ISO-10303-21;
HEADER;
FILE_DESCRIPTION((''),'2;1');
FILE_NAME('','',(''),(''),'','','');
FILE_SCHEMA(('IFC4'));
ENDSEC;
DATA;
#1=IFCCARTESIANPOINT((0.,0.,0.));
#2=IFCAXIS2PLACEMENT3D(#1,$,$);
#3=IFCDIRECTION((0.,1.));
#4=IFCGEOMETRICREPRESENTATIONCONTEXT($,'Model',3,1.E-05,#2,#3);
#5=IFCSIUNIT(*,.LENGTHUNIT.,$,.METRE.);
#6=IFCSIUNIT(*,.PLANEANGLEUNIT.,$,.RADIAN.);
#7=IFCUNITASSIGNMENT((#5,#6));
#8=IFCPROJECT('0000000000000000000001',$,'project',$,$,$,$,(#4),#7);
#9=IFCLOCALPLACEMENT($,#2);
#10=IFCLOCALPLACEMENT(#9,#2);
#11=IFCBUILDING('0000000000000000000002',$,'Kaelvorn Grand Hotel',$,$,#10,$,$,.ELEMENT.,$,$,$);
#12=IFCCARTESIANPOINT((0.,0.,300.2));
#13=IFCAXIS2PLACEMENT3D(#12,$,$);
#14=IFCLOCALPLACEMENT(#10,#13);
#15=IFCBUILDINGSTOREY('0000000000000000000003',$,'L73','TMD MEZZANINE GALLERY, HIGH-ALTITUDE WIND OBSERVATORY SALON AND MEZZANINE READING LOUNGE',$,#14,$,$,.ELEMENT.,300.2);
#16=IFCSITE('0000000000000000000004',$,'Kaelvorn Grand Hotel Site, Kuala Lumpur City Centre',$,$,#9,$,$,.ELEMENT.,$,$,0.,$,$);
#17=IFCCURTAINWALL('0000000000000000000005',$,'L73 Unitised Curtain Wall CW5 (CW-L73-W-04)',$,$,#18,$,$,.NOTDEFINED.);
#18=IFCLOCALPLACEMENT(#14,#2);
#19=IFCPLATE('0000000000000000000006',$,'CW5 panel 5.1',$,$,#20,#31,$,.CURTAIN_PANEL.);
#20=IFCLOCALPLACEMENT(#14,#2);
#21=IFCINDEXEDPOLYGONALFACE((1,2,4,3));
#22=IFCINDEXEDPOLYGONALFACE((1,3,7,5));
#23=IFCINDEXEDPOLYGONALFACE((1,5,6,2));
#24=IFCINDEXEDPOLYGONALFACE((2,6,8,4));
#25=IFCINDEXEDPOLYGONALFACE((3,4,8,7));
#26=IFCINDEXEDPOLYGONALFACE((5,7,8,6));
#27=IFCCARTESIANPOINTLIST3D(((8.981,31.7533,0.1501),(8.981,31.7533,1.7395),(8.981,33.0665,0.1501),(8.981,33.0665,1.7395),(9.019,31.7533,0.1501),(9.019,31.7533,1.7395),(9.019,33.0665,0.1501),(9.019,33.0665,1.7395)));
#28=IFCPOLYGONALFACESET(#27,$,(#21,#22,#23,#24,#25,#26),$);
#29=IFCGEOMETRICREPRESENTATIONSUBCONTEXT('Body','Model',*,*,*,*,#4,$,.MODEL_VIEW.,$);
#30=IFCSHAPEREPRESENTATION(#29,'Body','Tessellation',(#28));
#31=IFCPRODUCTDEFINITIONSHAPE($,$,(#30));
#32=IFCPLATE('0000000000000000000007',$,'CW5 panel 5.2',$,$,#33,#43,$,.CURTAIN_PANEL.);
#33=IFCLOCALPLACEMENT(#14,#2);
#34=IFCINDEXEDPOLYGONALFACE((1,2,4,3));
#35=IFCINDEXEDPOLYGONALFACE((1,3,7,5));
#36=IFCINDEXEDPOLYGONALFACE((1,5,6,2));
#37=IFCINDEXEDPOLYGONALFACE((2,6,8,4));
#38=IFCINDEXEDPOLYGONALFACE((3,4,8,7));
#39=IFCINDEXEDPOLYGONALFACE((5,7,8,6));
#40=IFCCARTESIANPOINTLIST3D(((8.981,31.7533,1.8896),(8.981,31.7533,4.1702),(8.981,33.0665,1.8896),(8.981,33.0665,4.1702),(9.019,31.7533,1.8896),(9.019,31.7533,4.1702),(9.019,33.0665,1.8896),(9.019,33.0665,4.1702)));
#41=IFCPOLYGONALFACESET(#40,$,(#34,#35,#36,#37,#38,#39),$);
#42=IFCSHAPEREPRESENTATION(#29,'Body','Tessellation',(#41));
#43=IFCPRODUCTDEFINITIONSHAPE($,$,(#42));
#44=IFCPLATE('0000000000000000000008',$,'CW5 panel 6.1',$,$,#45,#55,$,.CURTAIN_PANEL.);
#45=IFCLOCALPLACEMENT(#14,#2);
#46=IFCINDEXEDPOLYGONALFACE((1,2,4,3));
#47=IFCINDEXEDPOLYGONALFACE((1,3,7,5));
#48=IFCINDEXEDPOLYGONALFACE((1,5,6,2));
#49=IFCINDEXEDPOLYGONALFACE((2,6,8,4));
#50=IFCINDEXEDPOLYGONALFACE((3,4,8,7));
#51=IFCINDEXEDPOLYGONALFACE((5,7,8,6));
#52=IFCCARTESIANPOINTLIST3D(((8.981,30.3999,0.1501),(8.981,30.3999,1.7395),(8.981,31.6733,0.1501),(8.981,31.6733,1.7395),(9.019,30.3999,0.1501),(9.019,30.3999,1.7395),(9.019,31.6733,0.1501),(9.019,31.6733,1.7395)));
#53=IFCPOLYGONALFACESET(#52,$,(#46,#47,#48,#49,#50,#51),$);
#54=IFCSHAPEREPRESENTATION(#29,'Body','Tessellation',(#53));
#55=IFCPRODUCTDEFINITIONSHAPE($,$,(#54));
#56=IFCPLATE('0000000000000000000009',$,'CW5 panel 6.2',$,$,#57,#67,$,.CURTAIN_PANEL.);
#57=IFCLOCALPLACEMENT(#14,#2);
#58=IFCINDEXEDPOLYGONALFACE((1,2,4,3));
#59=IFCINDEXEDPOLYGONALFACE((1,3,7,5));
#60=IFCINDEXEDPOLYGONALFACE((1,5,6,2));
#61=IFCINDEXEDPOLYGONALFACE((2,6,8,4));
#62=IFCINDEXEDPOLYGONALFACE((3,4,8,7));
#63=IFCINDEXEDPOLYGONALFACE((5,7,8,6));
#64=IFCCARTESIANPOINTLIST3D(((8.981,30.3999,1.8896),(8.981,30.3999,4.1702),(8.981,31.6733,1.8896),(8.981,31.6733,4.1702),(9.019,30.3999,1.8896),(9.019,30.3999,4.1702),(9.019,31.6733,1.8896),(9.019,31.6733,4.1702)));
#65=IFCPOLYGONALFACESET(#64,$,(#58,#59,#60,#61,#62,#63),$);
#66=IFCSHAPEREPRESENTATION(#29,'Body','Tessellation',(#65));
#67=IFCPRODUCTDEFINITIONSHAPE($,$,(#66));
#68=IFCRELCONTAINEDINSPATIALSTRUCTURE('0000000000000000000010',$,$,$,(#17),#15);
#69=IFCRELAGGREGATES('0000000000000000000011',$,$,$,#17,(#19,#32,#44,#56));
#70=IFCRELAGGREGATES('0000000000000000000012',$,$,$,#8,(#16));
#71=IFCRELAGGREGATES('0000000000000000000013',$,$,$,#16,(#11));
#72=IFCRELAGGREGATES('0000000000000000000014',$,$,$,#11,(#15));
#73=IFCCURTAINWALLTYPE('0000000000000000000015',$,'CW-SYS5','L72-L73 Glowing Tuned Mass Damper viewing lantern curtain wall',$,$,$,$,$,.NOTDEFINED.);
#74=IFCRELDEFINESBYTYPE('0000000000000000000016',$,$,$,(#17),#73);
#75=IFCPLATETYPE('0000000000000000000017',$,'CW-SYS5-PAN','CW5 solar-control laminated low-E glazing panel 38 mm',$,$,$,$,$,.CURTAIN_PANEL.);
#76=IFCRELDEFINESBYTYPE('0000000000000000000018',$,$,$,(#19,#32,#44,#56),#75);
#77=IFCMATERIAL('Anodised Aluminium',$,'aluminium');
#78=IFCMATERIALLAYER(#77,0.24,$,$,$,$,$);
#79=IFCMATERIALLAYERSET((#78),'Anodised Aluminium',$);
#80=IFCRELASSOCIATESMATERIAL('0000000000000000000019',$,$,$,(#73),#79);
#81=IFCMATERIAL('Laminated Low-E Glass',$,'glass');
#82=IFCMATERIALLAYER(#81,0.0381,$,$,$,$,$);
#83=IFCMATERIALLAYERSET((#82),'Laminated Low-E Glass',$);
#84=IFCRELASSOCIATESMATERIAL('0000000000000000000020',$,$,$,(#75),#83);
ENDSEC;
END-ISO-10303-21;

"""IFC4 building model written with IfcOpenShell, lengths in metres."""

from ifc_helpers import new_model, si_unit, direction, frame, origin, origin_2d, place, context, subcontext, project, spatial, rectangle, extrude, material, layer, layer_set, type_object, element, aggregate, save


model = new_model("IFC4")

# Units and contexts
model_context = context("Model", 3, precision=1e-05, world=origin(), true_north=direction((0.0, 1.0)))
body_context = subcontext(model_context, "Body", "Model", "MODEL_VIEW")
ifc_project = project(units=[si_unit("LENGTHUNIT", "METRE"), si_unit("PLANEANGLEUNIT", "RADIAN")], contexts=[model_context])

# Site, building, storey
site_placement = place(None, origin())
site = spatial("IfcSite", under=ifc_project, at=site_placement, Name="Kaelvorn Grand Hotel Site, Kuala Lumpur City Centre", CompositionType="ELEMENT", RefElevation=0.0)
building_placement = place(site_placement, origin())
building = spatial("IfcBuilding", under=site, at=building_placement, Name="Kaelvorn Grand Hotel", CompositionType="ELEMENT")
storey_placement = place(building_placement, frame((0.0, 0.0, 300.2)))
storey = spatial("IfcBuildingStorey", under=building, at=storey_placement, Name="L73", Description="TMD MEZZANINE GALLERY, HIGH-ALTITUDE WIND OBSERVATORY SALON AND MEZZANINE READING LOUNGE", CompositionType="ELEMENT", Elevation=300.2)

# Curtain wall, plates
ifc_material_1 = material(Name="Anodised Aluminium", Category="aluminium")
ifc_layer_1 = layer(ifc_material_1, 0.24)
ifc_layer_set_1 = layer_set([ifc_layer_1], Name="Anodised Aluminium")
curtain_wall_type = type_object("IfcCurtainWallType", Name="CW-SYS5", Description="L72-L73 Glowing Tuned Mass Damper viewing lantern curtain wall", PredefinedType="NOTDEFINED", material=ifc_layer_set_1)
curtain_wall_placement = place(storey_placement, origin())
curtain_wall = element("IfcCurtainWall", 1, at=curtain_wall_placement, inside=storey, type_object=curtain_wall_type, Name="L73 Unitised Curtain Wall CW5 (CW-L73-W-04)", PredefinedType="NOTDEFINED")
ifc_material_2 = material(Name="Laminated Low-E Glass", Category="glass")
ifc_layer_2 = layer(ifc_material_2, 0.0381)
ifc_layer_set_2 = layer_set([ifc_layer_2], Name="Laminated Low-E Glass")
plate_type = type_object("IfcPlateType", Name="CW-SYS5-PAN", Description="CW5 solar-control laminated low-E glazing panel 38 mm", PredefinedType="CURTAIN_PANEL", material=ifc_layer_set_2)
plate_1_placement = place(storey_placement, frame((9.0, 32.4099, 0.1501), z_axis=(0.0, 0.0, 1.0), x_axis=(0.0, -1.0, 0.0)))
plate_1 = element("IfcPlate", 2, at=plate_1_placement, type_object=plate_type, Name="CW5 panel 5.1", PredefinedType="CURTAIN_PANEL", context=body_context, shape_type="SweptSolid", body=[
    extrude(rectangle(XDim=1.3132, YDim=0.0381, at=origin_2d()), origin(), (0.0, 0.0, 1.0), 1.5894),
])
plate_2_placement = place(storey_placement, frame((9.0, 32.4099, 1.8896), z_axis=(0.0, 0.0, 1.0), x_axis=(0.0, -1.0, 0.0)))
plate_2 = element("IfcPlate", 3, at=plate_2_placement, type_object=plate_type, Name="CW5 panel 5.2", PredefinedType="CURTAIN_PANEL", context=body_context, shape_type="SweptSolid", body=[
    extrude(rectangle(XDim=1.3132, YDim=0.0381, at=origin_2d()), origin(), (0.0, 0.0, 1.0), 2.2805),
])
plate_3_placement = place(storey_placement, frame((9.0, 31.0366, 0.1501), z_axis=(0.0, 0.0, 1.0), x_axis=(0.0, -1.0, 0.0)))
plate_3 = element("IfcPlate", 4, at=plate_3_placement, type_object=plate_type, Name="CW5 panel 6.1", PredefinedType="CURTAIN_PANEL", context=body_context, shape_type="SweptSolid", body=[
    extrude(rectangle(XDim=1.2734, YDim=0.0381, at=origin_2d()), origin(), (0.0, 0.0, 1.0), 1.5894),
])
plate_4_placement = place(storey_placement, frame((9.0, 31.0366, 1.8896), z_axis=(0.0, 0.0, 1.0), x_axis=(0.0, -1.0, 0.0)))
plate_4 = element("IfcPlate", 5, at=plate_4_placement, type_object=plate_type, Name="CW5 panel 6.2", PredefinedType="CURTAIN_PANEL", context=body_context, shape_type="SweptSolid", body=[
    extrude(rectangle(XDim=1.2734, YDim=0.0381, at=origin_2d()), origin(), (0.0, 0.0, 1.0), 2.2805),
])
aggregate(curtain_wall, [plate_1, plate_2, plate_3, plate_4])

save(model, "model.ifc")
